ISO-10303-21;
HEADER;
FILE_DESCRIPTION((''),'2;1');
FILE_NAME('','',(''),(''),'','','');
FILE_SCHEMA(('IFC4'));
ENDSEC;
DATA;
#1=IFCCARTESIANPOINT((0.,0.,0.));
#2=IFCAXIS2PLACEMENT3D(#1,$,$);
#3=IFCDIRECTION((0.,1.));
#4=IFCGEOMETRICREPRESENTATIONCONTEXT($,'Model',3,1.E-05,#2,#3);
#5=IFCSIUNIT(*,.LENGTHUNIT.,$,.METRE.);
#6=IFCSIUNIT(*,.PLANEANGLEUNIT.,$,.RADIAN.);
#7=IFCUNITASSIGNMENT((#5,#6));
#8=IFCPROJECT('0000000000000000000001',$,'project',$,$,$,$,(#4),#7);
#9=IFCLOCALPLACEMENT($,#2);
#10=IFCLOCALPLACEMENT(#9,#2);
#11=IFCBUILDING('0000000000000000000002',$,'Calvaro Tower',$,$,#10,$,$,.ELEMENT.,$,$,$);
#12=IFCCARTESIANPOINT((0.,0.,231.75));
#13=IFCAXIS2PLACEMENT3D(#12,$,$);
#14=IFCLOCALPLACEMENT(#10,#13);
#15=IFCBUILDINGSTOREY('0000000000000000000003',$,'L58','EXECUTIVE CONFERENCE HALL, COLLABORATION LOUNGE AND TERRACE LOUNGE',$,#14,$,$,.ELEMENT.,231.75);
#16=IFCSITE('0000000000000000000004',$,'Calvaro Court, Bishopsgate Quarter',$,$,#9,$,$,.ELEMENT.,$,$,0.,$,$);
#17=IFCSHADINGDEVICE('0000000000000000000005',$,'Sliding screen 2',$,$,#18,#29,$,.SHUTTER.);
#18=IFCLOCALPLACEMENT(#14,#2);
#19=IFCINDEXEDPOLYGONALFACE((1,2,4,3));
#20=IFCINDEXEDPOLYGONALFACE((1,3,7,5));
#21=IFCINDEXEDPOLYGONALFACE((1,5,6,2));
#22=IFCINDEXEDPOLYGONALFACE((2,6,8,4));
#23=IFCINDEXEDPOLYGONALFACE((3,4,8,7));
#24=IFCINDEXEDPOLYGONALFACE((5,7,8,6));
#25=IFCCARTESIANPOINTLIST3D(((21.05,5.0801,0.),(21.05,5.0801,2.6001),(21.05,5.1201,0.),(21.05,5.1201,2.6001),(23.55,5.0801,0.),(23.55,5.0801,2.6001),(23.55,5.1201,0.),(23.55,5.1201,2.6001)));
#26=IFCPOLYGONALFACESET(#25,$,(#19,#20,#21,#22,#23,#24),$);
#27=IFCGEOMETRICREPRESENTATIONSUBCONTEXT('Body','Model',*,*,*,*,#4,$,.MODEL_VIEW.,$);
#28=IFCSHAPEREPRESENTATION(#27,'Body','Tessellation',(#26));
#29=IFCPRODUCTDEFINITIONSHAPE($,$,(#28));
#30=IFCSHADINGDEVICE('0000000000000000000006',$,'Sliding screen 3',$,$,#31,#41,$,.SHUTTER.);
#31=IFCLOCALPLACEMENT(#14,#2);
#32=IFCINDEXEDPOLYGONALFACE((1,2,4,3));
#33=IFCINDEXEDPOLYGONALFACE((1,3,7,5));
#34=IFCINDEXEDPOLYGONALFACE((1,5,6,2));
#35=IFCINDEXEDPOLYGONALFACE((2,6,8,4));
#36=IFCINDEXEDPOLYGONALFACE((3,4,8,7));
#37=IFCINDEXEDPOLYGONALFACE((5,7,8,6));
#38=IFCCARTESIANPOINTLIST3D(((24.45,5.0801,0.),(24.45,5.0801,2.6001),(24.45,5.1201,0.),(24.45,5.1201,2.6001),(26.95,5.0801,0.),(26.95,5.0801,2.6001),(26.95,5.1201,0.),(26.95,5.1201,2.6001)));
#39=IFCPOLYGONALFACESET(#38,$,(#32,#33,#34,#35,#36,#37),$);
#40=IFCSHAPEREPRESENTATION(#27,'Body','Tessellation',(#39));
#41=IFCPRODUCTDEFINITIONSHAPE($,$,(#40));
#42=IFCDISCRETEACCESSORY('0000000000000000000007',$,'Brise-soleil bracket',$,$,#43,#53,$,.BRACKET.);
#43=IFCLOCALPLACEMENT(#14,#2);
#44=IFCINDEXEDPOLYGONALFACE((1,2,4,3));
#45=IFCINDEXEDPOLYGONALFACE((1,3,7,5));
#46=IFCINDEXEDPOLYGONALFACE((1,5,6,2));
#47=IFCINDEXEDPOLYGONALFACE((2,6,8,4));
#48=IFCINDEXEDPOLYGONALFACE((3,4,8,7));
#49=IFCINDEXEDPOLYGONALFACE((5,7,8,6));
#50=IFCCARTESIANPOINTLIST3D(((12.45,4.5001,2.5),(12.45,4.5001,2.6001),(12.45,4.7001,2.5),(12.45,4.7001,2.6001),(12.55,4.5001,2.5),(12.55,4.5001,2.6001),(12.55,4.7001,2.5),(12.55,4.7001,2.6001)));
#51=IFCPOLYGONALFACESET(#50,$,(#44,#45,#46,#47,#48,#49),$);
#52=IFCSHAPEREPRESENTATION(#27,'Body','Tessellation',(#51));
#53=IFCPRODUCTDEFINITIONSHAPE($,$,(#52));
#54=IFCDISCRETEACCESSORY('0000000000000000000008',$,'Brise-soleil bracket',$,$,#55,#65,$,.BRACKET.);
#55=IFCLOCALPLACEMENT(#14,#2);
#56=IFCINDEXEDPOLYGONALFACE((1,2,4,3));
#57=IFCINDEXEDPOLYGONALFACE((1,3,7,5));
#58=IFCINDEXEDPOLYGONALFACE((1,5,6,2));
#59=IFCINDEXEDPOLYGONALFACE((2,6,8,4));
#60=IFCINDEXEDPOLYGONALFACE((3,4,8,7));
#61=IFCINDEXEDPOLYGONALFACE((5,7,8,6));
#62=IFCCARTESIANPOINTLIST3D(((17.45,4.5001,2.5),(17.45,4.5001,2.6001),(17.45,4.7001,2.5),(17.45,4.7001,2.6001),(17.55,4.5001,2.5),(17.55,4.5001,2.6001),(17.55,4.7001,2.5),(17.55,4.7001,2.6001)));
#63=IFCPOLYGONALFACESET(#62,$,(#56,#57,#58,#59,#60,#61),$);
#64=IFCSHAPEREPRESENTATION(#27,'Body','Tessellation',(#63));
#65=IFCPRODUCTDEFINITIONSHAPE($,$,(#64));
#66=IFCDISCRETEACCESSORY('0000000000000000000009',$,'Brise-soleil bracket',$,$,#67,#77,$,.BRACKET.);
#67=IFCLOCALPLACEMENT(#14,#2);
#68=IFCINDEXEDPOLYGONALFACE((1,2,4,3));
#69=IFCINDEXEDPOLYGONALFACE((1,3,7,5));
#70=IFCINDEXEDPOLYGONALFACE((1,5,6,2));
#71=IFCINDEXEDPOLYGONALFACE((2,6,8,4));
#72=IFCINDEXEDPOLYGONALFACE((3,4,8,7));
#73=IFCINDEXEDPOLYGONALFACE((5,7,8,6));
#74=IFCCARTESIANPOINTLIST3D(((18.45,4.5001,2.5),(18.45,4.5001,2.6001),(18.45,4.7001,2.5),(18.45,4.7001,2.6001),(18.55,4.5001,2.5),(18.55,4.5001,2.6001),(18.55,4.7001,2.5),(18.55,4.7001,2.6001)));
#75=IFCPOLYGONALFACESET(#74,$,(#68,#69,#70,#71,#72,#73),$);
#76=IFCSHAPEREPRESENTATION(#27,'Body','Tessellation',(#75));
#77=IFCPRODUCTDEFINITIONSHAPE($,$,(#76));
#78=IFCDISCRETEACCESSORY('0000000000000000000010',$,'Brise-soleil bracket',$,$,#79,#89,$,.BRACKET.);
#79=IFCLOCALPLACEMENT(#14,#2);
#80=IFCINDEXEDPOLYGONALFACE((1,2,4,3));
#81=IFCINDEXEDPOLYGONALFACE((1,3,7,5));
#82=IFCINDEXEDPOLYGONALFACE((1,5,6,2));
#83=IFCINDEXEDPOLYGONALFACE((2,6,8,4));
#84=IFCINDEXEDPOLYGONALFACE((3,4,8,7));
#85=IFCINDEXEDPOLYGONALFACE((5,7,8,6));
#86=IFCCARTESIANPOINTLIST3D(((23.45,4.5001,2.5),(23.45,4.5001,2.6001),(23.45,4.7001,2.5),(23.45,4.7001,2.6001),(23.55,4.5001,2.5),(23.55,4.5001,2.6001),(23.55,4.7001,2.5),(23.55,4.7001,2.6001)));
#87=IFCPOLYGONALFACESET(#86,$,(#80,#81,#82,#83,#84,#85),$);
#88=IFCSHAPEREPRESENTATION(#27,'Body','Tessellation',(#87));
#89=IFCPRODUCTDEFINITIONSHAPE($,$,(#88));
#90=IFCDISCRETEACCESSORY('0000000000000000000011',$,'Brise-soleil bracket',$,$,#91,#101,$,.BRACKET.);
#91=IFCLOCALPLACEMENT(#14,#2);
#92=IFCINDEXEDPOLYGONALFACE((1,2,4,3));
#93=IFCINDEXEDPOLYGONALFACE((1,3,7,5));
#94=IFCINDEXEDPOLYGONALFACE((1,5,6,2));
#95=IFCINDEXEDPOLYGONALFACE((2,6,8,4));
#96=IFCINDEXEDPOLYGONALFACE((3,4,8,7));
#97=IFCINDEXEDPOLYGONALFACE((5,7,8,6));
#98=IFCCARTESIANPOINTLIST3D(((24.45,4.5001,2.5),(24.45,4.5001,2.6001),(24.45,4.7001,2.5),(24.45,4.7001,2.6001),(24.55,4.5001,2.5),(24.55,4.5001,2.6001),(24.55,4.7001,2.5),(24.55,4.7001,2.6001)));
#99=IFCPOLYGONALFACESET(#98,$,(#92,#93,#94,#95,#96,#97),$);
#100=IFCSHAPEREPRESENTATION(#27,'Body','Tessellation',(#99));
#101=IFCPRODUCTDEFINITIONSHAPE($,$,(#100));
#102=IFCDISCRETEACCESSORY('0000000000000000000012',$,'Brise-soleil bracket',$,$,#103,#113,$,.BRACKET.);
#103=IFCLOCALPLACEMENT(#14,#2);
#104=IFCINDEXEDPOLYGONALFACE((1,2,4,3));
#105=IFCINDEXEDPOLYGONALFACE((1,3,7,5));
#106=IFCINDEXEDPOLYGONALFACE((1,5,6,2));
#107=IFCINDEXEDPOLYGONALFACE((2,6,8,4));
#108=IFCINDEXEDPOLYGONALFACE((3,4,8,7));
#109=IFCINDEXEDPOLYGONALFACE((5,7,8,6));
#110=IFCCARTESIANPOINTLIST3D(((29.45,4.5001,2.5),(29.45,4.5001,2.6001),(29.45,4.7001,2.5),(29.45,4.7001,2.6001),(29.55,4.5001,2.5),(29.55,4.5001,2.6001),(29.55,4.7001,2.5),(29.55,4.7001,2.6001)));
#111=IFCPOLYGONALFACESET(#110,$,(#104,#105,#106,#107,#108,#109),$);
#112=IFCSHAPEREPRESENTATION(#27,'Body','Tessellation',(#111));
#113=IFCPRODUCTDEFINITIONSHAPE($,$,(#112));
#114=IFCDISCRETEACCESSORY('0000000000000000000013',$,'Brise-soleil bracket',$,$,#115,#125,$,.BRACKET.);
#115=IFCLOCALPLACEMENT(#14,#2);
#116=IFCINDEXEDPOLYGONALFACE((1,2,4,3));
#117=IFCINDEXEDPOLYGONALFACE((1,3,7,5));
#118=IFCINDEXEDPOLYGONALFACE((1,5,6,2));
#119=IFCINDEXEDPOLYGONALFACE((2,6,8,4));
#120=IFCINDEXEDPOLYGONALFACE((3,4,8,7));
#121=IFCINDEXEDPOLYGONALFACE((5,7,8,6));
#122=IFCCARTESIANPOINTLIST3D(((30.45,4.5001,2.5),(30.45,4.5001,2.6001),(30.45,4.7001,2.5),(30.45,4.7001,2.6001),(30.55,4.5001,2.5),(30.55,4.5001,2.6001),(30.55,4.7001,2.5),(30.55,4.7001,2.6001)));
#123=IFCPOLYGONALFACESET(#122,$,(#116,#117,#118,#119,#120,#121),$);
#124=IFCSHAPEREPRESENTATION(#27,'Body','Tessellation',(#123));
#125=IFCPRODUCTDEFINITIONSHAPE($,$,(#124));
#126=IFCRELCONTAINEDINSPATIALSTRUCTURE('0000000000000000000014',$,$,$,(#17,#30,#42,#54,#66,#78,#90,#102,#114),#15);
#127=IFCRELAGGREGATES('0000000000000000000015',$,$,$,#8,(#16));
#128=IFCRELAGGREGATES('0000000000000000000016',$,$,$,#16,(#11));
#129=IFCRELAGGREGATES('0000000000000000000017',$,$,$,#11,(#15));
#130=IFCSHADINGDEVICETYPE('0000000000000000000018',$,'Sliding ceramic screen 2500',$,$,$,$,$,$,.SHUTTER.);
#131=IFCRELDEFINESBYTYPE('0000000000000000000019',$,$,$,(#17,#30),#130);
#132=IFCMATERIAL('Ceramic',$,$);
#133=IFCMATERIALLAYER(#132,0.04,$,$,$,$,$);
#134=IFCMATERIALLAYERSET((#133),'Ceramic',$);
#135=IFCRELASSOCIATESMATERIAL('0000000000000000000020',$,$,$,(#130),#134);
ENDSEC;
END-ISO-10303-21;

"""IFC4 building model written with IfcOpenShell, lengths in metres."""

from ifc_helpers import new_model, si_unit, direction, frame, origin, origin_2d, place, context, subcontext, project, spatial, rectangle, extrude, material, layer, layer_set, type_object, element, save


model = new_model("IFC4")

# Units and contexts
model_context = context("Model", 3, precision=1e-05, world=origin(), true_north=direction((0.0, 1.0)))
body_context = subcontext(model_context, "Body", "Model", "MODEL_VIEW")
ifc_project = project(units=[si_unit("LENGTHUNIT", "METRE"), si_unit("PLANEANGLEUNIT", "RADIAN")], contexts=[model_context])

# Site, building, storey
site_placement = place(None, origin())
site = spatial("IfcSite", under=ifc_project, at=site_placement, Name="Calvaro Court, Bishopsgate Quarter", CompositionType="ELEMENT", RefElevation=0.0)
building_placement = place(site_placement, origin())
building = spatial("IfcBuilding", under=site, at=building_placement, Name="Calvaro Tower", CompositionType="ELEMENT")
storey_placement = place(building_placement, frame((0.0, 0.0, 231.75)))
storey = spatial("IfcBuildingStorey", under=building, at=storey_placement, Name="L58", Description="EXECUTIVE CONFERENCE HALL, COLLABORATION LOUNGE AND TERRACE LOUNGE", CompositionType="ELEMENT", Elevation=231.75)

# Shading devices
ifc_material_1 = material(Name="Ceramic")
ifc_layer_1 = layer(ifc_material_1, 0.04)
ifc_layer_set_1 = layer_set([ifc_layer_1], Name="Ceramic")
shading_device_type_1 = type_object("IfcShadingDeviceType", Name="Sliding ceramic screen 2500", PredefinedType="SHUTTER", material=ifc_layer_set_1)
for number, where, z_axis, x_axis, name in (
    (1, (22.3, 5.1001, 0.0), (0.0, 0.0, 1.0), (1.0, 0.0, 0.0), "Sliding screen 2"),
    (2, (25.7, 5.1001, 0.0), (0.0, 0.0, 1.0), (1.0, 0.0, 0.0), "Sliding screen 3"),
):
    element("IfcShadingDevice", number, at=place(storey_placement, frame(where, z_axis=z_axis, x_axis=x_axis)), inside=storey, type_object=shading_device_type_1, Name=name, PredefinedType="SHUTTER", context=body_context, shape_type="SweptSolid", body=[
        extrude(rectangle(XDim=2.5, YDim=0.04, at=origin_2d()), origin(), (0.0, 0.0, 1.0), 2.6001),
    ])

# Discrete accessories
for number, where, z_axis, x_axis, name in (
    (3, (12.5, 4.6001, 2.5), (0.0, 0.0, 1.0), (1.0, 0.0, 0.0), "Brise-soleil bracket"),
    (4, (17.5, 4.6001, 2.5), (0.0, 0.0, 1.0), (1.0, 0.0, 0.0), "Brise-soleil bracket"),
    (5, (18.5, 4.6001, 2.5), (0.0, 0.0, 1.0), (1.0, 0.0, 0.0), "Brise-soleil bracket"),
    (6, (23.5, 4.6001, 2.5), (0.0, 0.0, 1.0), (1.0, 0.0, 0.0), "Brise-soleil bracket"),
    (7, (24.5, 4.6001, 2.5), (0.0, 0.0, 1.0), (1.0, 0.0, 0.0), "Brise-soleil bracket"),
    (8, (29.5, 4.6001, 2.5), (0.0, 0.0, 1.0), (1.0, 0.0, 0.0), "Brise-soleil bracket"),
    (9, (30.5, 4.6001, 2.5), (0.0, 0.0, 1.0), (1.0, 0.0, 0.0), "Brise-soleil bracket"),
):
    element("IfcDiscreteAccessory", number, at=place(storey_placement, frame(where, z_axis=z_axis, x_axis=x_axis)), inside=storey, Name=name, PredefinedType="BRACKET", context=body_context, shape_type="SweptSolid", body=[
        extrude(rectangle(XDim=0.1001, YDim=0.2, at=origin_2d()), origin(), (0.0, 0.0, 1.0), 0.1001),
    ])

save(model, "model.ifc")
